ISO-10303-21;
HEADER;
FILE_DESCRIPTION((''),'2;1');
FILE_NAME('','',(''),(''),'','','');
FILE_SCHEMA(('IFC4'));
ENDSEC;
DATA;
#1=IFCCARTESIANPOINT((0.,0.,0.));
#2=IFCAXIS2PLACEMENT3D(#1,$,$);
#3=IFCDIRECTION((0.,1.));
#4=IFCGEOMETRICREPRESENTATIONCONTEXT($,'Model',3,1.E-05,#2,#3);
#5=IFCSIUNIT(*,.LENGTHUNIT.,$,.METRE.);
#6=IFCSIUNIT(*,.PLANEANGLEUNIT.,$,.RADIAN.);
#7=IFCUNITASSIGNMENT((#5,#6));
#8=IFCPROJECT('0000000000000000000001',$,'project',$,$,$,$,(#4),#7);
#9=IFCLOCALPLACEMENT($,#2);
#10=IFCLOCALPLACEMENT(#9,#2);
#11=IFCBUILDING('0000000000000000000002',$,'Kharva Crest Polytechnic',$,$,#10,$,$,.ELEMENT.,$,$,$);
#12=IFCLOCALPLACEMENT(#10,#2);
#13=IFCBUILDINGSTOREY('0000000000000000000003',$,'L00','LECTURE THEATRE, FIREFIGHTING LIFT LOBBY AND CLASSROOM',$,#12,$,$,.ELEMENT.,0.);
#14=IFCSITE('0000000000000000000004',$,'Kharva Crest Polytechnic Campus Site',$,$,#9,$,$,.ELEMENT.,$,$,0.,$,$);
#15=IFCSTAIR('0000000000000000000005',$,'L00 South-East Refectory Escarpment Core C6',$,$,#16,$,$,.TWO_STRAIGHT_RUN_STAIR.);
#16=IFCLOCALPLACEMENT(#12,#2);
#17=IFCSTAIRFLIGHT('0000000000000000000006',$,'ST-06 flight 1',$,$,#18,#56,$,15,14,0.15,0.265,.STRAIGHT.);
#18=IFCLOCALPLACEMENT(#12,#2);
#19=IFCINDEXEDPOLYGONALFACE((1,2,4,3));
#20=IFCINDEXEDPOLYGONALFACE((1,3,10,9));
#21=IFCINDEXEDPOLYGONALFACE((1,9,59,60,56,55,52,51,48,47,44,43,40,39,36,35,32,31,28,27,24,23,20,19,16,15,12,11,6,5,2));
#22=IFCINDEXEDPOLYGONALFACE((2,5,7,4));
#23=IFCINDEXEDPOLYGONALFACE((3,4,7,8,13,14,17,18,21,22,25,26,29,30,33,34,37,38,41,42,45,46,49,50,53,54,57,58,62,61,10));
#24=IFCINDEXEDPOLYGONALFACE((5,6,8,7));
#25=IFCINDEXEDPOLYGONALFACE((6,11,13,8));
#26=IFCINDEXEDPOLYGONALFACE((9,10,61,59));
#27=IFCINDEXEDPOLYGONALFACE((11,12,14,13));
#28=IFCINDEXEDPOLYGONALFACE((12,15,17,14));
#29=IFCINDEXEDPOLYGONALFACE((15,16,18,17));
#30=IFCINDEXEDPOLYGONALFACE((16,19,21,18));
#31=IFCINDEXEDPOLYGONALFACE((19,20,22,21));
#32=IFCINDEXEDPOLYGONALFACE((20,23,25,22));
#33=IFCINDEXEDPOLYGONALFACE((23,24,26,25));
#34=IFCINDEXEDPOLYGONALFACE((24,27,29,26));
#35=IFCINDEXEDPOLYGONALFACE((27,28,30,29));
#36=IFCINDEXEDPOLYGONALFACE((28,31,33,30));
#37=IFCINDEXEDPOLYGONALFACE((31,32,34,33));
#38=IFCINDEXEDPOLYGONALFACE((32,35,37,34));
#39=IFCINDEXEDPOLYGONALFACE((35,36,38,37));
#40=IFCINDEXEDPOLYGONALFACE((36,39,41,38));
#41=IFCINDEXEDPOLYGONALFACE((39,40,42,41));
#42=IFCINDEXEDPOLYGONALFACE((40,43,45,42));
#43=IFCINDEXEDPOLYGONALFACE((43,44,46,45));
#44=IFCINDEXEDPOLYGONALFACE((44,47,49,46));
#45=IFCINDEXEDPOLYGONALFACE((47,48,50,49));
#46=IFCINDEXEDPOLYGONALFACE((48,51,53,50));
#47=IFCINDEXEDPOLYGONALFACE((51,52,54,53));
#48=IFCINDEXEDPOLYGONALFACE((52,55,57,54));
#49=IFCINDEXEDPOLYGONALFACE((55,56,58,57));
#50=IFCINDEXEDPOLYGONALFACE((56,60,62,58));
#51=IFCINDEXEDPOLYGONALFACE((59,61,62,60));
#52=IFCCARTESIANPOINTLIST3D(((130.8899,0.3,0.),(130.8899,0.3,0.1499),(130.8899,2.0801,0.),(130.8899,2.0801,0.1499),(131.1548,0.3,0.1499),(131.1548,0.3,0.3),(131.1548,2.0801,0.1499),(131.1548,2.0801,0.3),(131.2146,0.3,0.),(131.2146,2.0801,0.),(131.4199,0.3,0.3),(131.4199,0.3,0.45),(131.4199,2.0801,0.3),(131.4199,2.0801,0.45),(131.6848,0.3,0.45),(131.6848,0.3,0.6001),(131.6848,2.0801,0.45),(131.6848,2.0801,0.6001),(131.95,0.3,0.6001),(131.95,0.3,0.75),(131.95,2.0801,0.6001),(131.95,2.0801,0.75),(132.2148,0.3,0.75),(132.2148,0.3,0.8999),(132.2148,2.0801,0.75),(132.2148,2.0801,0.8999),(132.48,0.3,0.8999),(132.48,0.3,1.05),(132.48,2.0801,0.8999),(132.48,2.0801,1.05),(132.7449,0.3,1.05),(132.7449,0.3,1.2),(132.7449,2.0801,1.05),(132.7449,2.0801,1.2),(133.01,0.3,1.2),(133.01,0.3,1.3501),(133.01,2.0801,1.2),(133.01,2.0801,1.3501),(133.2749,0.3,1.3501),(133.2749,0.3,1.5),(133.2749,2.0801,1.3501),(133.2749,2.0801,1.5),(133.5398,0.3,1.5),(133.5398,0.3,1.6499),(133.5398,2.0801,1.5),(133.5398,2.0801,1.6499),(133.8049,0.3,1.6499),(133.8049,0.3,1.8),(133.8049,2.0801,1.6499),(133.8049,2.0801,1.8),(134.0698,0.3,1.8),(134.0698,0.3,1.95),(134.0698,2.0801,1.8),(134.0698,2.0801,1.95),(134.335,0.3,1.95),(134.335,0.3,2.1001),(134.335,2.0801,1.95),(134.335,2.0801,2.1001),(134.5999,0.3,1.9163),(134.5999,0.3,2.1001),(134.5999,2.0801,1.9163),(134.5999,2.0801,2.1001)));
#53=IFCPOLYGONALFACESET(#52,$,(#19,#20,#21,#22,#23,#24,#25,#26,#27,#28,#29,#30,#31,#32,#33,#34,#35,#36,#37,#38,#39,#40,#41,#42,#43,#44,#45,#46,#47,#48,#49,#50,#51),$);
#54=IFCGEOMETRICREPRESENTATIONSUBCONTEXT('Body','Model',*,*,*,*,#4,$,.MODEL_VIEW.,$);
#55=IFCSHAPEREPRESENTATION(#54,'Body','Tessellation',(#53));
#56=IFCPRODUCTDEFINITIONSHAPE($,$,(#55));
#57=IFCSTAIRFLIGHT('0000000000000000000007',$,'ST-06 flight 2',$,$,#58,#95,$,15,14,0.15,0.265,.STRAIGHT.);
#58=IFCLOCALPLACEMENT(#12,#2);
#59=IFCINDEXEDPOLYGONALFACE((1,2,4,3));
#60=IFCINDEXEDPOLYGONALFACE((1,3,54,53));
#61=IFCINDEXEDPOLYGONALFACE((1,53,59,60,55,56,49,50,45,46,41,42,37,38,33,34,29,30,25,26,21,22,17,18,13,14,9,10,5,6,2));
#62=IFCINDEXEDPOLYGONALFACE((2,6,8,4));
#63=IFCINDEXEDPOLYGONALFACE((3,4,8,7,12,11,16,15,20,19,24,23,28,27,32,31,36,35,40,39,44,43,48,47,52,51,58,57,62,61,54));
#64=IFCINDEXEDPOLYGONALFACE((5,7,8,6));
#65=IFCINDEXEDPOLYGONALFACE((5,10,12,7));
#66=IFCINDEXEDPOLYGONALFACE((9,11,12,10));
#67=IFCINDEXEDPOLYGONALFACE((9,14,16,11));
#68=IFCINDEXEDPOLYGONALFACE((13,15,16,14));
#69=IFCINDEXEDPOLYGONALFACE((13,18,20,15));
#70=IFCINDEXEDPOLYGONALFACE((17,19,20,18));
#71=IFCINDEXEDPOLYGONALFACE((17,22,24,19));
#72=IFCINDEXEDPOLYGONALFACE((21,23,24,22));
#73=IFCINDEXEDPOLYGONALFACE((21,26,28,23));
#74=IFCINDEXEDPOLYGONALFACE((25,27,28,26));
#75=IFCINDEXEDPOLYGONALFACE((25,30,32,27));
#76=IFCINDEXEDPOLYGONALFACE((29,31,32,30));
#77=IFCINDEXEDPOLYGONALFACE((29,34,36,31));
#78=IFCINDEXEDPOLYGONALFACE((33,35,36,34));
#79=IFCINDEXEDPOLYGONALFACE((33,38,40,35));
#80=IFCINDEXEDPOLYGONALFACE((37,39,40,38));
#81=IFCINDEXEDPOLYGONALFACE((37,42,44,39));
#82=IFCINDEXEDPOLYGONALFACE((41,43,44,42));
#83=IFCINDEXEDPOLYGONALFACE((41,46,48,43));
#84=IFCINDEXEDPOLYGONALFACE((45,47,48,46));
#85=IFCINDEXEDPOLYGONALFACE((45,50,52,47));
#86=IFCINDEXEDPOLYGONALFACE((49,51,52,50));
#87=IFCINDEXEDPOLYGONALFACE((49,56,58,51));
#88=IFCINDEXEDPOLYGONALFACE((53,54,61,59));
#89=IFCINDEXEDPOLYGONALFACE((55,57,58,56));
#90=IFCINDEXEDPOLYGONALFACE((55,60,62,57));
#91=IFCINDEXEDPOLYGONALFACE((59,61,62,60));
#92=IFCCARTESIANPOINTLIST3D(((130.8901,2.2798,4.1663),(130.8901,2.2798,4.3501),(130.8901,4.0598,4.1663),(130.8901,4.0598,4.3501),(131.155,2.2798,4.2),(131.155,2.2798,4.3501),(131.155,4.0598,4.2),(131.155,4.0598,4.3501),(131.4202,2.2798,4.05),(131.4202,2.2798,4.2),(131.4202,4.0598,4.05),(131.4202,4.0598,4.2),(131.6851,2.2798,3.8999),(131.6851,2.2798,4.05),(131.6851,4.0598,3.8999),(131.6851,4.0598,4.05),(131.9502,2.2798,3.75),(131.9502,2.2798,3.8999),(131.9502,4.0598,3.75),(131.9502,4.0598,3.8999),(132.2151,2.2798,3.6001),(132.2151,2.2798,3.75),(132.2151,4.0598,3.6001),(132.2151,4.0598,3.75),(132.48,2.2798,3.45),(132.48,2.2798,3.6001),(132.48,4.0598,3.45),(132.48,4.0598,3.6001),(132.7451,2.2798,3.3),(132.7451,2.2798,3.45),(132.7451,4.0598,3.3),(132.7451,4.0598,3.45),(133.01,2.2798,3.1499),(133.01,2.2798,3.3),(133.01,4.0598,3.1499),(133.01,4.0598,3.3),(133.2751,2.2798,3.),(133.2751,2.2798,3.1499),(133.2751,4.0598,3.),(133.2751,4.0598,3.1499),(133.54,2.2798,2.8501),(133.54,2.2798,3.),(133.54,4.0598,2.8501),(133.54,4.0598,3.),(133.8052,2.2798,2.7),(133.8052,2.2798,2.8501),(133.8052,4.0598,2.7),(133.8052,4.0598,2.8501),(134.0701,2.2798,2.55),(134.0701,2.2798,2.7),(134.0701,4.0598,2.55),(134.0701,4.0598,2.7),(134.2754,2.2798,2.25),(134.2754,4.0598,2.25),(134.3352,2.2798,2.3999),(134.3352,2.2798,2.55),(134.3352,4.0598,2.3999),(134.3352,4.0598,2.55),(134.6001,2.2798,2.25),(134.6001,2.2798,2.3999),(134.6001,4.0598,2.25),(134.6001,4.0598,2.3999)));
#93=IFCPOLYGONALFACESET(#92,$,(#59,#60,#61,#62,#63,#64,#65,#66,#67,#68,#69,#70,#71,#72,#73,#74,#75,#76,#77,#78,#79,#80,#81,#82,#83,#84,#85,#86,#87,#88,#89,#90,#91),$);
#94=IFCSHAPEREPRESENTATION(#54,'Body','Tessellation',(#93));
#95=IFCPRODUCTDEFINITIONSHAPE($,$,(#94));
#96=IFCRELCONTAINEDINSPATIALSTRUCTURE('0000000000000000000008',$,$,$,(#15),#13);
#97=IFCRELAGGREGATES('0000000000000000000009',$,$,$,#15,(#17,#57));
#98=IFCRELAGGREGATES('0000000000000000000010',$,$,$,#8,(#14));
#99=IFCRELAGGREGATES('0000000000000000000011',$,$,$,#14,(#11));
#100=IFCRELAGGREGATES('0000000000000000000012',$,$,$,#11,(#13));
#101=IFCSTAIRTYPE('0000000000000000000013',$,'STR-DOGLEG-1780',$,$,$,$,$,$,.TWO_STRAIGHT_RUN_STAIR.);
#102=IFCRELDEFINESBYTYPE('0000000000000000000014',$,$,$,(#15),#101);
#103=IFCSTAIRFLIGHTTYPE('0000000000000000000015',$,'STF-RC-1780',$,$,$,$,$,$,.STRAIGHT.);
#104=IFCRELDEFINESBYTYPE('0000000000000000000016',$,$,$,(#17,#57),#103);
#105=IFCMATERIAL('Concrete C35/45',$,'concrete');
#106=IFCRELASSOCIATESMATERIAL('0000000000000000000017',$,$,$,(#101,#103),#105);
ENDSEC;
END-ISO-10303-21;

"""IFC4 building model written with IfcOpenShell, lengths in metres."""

from ifc_helpers import new_model, si_unit, direction, frame, origin, place, context, subcontext, project, spatial, polyline, outline, extrude, material, type_object, element, aggregate, save


model = new_model("IFC4")

# Units and contexts
model_context = context("Model", 3, precision=1e-05, world=origin(), true_north=direction((0.0, 1.0)))
body_context = subcontext(model_context, "Body", "Model", "MODEL_VIEW")
ifc_project = project(units=[si_unit("LENGTHUNIT", "METRE"), si_unit("PLANEANGLEUNIT", "RADIAN")], contexts=[model_context])

# Site, building, storey
site_placement = place(None, origin())
site = spatial("IfcSite", under=ifc_project, at=site_placement, Name="Kharva Crest Polytechnic Campus Site", CompositionType="ELEMENT", RefElevation=0.0)
building_placement = place(site_placement, origin())
building = spatial("IfcBuilding", under=site, at=building_placement, Name="Kharva Crest Polytechnic", CompositionType="ELEMENT")
storey_placement = place(building_placement, origin())
storey = spatial("IfcBuildingStorey", under=building, at=storey_placement, Name="L00", Description="LECTURE THEATRE, FIREFIGHTING LIFT LOBBY AND CLASSROOM", CompositionType="ELEMENT", Elevation=0.0)

# Shared definitions
ifc_material_1 = material(Name="Concrete C35/45", Category="concrete")

# Stair, stair flights
stair_type = type_object("IfcStairType", Name="STR-DOGLEG-1780", PredefinedType="TWO_STRAIGHT_RUN_STAIR", material=ifc_material_1)
stair_placement = place(storey_placement, origin())
stair = element("IfcStair", 1, at=stair_placement, inside=storey, type_object=stair_type, Name="L00 South-East Refectory Escarpment Core C6", PredefinedType="TWO_STRAIGHT_RUN_STAIR")
stair_flight_type = type_object("IfcStairFlightType", Name="STF-RC-1780", PredefinedType="STRAIGHT", material=ifc_material_1)
stair_flight_1_placement = place(storey_placement, frame((130.8899, 1.1899, 0.0), z_axis=(0.0, 0.0, 1.0), x_axis=(1.0, 0.0, 0.0)))
stair_flight_1 = element("IfcStairFlight", 2, at=stair_flight_1_placement, type_object=stair_flight_type, Name="ST-06 flight 1", NumberOfRisers=15, NumberOfTreads=14, PredefinedType="STRAIGHT", RiserHeight=0.15, TreadLength=0.265, context=body_context, shape_type="SweptSolid", body=[
    extrude(outline(polyline([(0.0, 0.0), (0.0, 0.1499), (0.2649, 0.1499), (0.2649, 0.3), (0.53, 0.3), (0.53, 0.45), (0.7949, 0.45), (0.7949, 0.6001), (1.0601, 0.6001), (1.0601, 0.75), (1.325, 0.75), (1.325, 0.8999), (1.5901, 0.8999), (1.5901, 1.05), (1.855, 1.05), (1.855, 1.2), (2.1201, 1.2), (2.1201, 1.3501), (2.385, 1.3501), (2.385, 1.5), (2.6499, 1.5), (2.6499, 1.6499), (2.915, 1.6499), (2.915, 1.8), (3.1799, 1.8), (3.1799, 1.95), (3.4451, 1.95), (3.4451, 2.1001), (3.71, 2.1001), (3.71, 2.25), (3.71, 1.9163), (0.3247, 0.0), (0.0, 0.0)])), frame((0.0, 0.8901, 0.0), z_axis=(0.0, -1.0, 0.0), x_axis=(1.0, 0.0, 0.0)), (0.0, 0.0, 1.0), 1.78),
])
stair_flight_2_placement = place(storey_placement, frame((134.6001, 3.1699, 2.25), z_axis=(0.0, 0.0, 1.0), x_axis=(-1.0, 0.0, 0.0)))
stair_flight_2 = element("IfcStairFlight", 3, at=stair_flight_2_placement, type_object=stair_flight_type, Name="ST-06 flight 2", NumberOfRisers=15, NumberOfTreads=14, PredefinedType="STRAIGHT", RiserHeight=0.15, TreadLength=0.265, context=body_context, shape_type="SweptSolid", body=[
    extrude(outline(polyline([(0.0, 0.0), (0.0, 0.1499), (0.2649, 0.1499), (0.2649, 0.3), (0.53, 0.3), (0.53, 0.45), (0.7949, 0.45), (0.7949, 0.6001), (1.0601, 0.6001), (1.0601, 0.75), (1.325, 0.75), (1.325, 0.8999), (1.5901, 0.8999), (1.5901, 1.05), (1.855, 1.05), (1.855, 1.2), (2.1201, 1.2), (2.1201, 1.3501), (2.385, 1.3501), (2.385, 1.5), (2.6499, 1.5), (2.6499, 1.6499), (2.915, 1.6499), (2.915, 1.8), (3.1799, 1.8), (3.1799, 1.95), (3.4451, 1.95), (3.4451, 2.1001), (3.71, 2.1001), (3.71, 2.25), (3.71, 1.9163), (0.3247, 0.0), (0.0, 0.0)])), frame((0.0, 0.8901, 0.0), z_axis=(0.0, -1.0, 0.0), x_axis=(1.0, 0.0, 0.0)), (0.0, 0.0, 1.0), 1.78),
])
aggregate(stair, [stair_flight_1, stair_flight_2])

save(model, "model.ifc")
